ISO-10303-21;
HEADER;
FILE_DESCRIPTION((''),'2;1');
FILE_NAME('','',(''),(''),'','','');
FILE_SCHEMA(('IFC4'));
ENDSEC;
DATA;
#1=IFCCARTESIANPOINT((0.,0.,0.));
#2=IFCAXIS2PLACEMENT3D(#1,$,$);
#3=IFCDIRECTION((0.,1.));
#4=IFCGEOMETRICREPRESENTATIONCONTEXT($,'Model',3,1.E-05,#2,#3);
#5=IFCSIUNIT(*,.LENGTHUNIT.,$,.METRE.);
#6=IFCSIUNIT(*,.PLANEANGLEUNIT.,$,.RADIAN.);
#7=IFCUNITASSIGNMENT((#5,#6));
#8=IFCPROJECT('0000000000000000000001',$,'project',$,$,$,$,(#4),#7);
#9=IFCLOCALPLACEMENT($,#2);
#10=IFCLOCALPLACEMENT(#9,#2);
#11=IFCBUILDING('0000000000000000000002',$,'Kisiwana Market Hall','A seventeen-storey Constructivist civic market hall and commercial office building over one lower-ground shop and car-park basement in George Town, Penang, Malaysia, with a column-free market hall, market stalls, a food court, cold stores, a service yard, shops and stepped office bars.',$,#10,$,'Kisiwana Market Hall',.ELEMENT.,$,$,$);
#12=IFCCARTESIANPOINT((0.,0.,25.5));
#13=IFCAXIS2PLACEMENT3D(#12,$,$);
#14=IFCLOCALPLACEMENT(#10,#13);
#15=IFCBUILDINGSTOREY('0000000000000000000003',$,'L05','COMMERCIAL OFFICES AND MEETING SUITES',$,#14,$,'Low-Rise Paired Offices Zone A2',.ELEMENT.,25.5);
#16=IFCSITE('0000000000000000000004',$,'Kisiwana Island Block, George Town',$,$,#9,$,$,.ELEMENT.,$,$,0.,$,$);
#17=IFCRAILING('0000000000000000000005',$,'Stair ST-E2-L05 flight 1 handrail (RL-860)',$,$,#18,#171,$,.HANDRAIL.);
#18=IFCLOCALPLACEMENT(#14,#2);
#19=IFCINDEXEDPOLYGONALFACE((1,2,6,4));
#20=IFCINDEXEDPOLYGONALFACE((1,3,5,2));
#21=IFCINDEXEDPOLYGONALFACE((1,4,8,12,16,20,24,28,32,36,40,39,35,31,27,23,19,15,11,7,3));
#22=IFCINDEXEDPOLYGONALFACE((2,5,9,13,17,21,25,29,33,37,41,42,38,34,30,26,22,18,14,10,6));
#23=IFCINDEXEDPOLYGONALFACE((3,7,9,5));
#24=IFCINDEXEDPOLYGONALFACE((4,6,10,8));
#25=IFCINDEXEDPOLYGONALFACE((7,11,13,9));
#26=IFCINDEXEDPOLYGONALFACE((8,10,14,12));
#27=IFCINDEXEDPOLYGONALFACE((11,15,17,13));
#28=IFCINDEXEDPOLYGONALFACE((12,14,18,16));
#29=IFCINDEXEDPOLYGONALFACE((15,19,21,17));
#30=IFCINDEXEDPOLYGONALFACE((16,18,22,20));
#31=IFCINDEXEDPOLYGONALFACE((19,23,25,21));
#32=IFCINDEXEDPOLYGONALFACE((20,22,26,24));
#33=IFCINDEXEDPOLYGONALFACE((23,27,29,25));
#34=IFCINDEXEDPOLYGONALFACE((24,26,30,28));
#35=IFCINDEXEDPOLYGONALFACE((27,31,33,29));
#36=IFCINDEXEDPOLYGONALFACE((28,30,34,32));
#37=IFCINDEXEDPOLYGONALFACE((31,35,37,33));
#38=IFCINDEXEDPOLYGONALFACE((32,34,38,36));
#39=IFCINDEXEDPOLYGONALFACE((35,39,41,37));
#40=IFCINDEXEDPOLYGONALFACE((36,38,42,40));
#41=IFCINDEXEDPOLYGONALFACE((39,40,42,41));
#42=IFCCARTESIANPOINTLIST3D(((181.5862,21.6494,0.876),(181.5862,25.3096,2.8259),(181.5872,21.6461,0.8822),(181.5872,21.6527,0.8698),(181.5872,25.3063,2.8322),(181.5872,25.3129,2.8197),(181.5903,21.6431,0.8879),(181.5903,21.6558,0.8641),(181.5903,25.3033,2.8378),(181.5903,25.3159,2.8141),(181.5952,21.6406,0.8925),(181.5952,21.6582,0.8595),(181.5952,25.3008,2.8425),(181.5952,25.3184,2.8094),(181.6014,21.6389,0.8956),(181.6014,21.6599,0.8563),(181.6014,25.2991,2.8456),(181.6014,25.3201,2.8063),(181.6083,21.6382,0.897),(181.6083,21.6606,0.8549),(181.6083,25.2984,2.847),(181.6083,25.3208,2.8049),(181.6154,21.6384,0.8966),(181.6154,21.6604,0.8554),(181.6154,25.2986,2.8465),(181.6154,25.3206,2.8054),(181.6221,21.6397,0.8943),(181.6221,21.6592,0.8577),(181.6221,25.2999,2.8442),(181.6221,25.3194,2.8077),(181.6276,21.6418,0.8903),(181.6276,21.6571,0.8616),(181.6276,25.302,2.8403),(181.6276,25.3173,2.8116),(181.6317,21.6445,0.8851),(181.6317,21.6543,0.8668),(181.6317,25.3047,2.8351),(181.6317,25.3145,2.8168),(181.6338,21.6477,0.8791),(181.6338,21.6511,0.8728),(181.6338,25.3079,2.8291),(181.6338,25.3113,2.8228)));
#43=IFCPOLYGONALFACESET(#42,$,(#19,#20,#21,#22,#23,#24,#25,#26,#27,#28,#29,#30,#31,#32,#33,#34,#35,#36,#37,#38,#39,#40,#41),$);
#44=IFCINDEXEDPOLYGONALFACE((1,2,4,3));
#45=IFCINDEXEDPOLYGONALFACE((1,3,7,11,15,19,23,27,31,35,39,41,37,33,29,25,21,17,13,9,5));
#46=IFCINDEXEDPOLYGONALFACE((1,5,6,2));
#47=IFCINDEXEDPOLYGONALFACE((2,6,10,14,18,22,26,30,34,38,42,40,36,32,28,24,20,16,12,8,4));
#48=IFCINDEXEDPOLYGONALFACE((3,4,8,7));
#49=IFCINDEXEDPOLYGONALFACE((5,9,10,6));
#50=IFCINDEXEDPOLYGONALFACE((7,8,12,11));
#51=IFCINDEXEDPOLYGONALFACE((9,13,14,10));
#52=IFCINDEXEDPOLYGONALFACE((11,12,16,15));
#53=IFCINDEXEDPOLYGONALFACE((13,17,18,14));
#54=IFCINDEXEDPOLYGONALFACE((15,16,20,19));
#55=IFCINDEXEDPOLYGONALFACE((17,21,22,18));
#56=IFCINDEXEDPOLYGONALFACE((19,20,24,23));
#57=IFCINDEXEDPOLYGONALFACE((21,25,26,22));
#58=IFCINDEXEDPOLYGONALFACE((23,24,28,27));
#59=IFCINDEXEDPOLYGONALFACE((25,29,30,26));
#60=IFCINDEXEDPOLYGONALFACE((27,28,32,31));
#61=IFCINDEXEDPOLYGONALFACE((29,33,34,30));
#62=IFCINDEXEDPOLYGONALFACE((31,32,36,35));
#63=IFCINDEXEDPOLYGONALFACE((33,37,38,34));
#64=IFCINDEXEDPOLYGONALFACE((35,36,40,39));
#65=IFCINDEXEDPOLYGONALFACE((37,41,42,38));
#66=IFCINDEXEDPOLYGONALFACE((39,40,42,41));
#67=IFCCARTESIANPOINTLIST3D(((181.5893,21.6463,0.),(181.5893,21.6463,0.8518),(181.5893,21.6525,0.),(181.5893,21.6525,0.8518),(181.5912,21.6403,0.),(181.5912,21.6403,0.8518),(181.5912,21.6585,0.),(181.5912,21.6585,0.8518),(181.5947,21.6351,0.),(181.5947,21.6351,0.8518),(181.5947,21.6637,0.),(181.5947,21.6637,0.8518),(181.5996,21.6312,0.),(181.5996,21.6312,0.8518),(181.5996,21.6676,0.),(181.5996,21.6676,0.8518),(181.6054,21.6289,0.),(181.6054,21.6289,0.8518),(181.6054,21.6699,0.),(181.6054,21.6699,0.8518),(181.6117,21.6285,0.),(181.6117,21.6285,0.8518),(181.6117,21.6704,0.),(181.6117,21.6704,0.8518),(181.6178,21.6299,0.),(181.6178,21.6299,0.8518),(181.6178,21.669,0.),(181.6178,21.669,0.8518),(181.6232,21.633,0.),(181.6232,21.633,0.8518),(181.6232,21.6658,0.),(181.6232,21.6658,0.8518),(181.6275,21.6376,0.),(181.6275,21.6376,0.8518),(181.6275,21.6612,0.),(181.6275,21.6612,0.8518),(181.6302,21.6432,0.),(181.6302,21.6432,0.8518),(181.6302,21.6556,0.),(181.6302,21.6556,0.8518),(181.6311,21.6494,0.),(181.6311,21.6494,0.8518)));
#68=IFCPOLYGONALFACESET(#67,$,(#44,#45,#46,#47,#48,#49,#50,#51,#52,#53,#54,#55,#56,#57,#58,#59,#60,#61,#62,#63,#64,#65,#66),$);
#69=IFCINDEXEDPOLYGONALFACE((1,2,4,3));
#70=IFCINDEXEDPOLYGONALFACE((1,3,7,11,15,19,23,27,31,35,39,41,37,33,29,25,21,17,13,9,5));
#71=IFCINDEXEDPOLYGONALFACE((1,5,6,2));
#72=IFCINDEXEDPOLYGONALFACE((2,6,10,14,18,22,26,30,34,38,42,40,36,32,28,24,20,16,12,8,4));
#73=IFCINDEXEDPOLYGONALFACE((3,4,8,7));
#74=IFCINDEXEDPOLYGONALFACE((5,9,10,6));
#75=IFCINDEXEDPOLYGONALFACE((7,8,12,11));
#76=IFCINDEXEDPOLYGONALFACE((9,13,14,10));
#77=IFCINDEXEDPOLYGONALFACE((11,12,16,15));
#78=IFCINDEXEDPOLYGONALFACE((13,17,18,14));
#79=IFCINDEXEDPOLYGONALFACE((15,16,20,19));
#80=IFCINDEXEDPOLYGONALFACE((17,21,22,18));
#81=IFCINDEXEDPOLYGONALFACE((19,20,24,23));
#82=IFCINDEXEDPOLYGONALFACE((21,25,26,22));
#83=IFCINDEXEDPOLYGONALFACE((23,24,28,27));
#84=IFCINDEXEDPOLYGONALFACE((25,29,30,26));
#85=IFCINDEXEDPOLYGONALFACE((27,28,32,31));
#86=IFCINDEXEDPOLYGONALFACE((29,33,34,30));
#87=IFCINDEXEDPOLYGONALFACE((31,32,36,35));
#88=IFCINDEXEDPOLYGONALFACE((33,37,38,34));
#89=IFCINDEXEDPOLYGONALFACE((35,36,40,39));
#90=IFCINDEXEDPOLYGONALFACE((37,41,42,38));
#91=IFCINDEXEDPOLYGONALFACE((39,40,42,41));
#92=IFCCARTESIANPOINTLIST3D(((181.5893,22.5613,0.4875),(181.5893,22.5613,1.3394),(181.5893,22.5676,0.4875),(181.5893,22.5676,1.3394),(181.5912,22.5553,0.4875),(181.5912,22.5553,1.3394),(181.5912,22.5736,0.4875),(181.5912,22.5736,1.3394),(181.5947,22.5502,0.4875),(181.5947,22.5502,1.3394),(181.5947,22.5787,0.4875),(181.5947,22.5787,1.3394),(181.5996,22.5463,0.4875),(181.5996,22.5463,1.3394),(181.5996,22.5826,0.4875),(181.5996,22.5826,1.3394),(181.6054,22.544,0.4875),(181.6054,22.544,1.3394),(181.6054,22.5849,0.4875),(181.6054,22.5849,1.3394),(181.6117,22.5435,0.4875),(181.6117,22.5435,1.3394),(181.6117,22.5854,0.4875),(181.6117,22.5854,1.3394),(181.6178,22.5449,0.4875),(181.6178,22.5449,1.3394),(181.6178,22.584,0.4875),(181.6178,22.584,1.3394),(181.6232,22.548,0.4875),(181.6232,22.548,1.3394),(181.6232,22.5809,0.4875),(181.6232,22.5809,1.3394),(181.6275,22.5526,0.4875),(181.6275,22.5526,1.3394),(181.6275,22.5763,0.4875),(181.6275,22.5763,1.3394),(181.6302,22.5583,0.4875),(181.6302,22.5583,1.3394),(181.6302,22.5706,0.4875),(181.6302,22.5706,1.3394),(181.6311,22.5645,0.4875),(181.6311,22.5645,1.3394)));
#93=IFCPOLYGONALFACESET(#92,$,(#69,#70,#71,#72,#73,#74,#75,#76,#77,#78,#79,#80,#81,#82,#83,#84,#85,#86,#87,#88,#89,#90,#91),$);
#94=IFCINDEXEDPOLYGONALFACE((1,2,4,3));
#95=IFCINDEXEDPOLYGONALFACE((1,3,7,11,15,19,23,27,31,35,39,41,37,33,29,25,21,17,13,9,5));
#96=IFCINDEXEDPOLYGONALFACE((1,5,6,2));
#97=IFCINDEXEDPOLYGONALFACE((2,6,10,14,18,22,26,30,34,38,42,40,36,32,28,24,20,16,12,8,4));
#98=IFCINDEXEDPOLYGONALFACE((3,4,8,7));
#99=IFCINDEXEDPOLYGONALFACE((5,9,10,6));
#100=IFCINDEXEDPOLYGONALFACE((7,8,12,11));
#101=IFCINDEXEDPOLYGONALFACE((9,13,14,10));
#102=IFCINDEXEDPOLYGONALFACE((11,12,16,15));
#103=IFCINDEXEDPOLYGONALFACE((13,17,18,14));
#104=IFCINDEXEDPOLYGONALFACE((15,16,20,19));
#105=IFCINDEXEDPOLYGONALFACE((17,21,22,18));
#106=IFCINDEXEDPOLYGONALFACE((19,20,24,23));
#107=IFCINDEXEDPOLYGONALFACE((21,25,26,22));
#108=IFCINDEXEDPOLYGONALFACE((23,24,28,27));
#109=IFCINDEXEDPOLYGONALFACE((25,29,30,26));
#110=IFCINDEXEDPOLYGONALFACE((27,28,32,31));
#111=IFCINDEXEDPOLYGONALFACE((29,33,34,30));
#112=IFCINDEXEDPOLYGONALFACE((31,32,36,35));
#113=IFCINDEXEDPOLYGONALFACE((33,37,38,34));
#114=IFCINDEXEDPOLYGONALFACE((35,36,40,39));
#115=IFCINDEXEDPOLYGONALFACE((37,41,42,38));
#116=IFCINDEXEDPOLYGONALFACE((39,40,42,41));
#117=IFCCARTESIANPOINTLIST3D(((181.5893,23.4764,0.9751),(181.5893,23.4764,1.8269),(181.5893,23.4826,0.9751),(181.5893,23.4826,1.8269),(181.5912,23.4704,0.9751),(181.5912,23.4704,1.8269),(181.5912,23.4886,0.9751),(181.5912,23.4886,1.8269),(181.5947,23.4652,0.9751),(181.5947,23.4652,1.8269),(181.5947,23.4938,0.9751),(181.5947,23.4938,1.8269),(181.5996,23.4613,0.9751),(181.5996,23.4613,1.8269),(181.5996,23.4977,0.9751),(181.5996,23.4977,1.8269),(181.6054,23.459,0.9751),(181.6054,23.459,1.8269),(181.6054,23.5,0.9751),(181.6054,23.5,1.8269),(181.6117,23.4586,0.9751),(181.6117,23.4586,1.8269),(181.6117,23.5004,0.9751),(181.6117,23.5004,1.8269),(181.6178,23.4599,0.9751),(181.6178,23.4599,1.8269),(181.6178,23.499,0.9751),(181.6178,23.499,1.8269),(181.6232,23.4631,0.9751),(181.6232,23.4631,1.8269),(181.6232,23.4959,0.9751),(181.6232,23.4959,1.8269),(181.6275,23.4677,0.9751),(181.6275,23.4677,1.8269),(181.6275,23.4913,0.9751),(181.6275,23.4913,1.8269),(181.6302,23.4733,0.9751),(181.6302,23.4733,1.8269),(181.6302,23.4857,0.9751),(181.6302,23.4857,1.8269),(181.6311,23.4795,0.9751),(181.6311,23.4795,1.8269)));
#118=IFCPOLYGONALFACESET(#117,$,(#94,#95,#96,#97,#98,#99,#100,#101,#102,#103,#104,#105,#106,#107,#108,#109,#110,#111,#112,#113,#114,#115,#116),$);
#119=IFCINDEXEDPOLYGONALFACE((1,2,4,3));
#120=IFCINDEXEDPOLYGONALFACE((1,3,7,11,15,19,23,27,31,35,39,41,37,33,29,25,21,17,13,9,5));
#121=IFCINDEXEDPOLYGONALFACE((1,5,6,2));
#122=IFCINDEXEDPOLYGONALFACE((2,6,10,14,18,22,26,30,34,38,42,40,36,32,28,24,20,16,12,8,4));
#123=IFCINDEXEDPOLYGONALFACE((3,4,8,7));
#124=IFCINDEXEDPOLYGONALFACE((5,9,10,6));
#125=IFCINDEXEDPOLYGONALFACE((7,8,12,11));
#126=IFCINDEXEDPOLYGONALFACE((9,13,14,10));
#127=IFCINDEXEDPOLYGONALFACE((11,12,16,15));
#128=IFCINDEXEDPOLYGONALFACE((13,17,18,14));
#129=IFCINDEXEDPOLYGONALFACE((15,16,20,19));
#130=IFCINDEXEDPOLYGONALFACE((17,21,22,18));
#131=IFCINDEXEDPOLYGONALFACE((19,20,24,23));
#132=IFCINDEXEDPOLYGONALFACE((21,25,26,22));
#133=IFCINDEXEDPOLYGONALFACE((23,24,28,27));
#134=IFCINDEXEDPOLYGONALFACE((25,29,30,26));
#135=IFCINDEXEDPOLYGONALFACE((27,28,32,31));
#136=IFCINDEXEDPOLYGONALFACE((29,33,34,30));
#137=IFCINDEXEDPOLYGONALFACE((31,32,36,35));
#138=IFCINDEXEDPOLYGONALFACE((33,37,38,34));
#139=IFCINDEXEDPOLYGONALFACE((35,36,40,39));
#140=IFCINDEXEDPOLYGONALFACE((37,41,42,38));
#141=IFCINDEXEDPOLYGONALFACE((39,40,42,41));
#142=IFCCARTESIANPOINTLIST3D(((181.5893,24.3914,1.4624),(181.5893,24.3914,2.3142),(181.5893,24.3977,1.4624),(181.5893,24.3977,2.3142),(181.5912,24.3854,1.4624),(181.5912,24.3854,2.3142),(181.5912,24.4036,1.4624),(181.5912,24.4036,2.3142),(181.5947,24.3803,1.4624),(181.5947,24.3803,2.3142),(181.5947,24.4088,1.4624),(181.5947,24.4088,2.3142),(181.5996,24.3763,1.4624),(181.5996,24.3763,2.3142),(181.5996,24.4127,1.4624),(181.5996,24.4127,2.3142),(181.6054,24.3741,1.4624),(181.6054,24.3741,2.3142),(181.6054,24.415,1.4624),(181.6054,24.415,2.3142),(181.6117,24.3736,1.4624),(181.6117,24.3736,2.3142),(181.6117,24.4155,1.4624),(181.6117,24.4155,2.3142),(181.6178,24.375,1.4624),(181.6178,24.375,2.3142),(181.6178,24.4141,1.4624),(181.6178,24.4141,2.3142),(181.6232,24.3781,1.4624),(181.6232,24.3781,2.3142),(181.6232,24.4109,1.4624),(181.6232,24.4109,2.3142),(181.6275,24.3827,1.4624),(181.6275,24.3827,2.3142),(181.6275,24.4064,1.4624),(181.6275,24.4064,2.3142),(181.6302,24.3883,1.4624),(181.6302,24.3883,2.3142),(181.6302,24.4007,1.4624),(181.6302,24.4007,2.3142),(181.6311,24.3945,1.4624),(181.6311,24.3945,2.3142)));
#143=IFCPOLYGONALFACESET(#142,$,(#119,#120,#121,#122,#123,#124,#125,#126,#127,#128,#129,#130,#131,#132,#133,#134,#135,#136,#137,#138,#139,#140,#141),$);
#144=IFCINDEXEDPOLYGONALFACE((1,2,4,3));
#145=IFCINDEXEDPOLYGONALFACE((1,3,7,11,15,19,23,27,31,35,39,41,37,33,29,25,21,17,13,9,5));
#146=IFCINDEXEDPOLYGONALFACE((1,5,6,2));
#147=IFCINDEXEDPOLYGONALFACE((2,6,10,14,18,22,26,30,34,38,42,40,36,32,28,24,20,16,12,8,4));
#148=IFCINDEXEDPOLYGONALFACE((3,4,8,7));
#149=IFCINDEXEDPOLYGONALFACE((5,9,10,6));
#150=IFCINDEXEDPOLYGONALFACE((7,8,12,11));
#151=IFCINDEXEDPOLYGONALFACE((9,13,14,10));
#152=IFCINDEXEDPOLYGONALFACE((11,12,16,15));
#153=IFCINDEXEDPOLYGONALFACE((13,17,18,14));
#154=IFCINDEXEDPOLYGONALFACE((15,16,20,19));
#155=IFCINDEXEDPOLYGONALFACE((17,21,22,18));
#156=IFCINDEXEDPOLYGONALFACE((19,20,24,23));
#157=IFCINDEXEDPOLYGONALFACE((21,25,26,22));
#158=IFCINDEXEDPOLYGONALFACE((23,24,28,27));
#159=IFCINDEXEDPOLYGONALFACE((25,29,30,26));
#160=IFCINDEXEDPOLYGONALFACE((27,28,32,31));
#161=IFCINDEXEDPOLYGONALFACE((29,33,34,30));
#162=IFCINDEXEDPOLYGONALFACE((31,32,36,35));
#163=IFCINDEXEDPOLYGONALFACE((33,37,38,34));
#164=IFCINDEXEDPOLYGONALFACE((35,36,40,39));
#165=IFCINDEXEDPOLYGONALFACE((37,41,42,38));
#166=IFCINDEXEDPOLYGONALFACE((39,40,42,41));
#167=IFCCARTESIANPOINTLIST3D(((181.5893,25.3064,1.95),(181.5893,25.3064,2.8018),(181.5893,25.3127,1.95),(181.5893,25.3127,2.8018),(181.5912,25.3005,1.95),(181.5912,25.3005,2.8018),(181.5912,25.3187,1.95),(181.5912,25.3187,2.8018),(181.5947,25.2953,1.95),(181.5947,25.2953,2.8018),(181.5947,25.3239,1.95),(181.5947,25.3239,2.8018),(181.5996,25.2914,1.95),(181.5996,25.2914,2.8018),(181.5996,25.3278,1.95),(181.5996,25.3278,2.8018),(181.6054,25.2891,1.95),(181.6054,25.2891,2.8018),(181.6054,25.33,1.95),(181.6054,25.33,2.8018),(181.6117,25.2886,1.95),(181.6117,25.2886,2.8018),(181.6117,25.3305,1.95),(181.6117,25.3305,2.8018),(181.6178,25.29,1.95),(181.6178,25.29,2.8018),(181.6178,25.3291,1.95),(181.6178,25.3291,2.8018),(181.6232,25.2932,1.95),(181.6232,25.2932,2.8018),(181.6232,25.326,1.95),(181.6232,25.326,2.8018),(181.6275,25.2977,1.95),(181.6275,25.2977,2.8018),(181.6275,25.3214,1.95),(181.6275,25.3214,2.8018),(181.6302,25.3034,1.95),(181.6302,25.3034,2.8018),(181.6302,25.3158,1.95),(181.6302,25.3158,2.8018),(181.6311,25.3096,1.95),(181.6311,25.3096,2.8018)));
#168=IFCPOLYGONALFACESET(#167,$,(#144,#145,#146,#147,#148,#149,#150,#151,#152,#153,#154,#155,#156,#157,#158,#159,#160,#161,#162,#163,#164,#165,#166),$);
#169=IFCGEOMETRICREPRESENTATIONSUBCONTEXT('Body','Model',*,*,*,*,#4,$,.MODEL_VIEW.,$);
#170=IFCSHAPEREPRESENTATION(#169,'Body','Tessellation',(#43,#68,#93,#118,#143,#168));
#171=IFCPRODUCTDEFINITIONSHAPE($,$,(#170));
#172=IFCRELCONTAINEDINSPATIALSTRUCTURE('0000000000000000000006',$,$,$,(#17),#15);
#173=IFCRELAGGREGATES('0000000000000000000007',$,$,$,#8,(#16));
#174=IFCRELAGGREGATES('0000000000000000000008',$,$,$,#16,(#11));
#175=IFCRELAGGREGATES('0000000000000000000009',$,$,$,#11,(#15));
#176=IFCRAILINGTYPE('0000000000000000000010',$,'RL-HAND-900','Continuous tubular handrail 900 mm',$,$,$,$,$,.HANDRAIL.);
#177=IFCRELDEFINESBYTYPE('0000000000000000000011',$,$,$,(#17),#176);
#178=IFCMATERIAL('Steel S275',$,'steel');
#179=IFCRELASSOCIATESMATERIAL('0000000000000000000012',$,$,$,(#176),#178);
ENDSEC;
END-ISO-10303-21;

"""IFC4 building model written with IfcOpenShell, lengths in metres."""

from ifc_helpers import new_model, si_unit, direction, frame, origin, origin_2d, place, context, subcontext, project, spatial, circle, extrude, material, type_object, element, save


model = new_model("IFC4")

# Units and contexts
model_context = context("Model", 3, precision=1e-05, world=origin(), true_north=direction((0.0, 1.0)))
body_context = subcontext(model_context, "Body", "Model", "MODEL_VIEW")
ifc_project = project(units=[si_unit("LENGTHUNIT", "METRE"), si_unit("PLANEANGLEUNIT", "RADIAN")], contexts=[model_context])

# Site, building, storey
site_placement = place(None, origin())
site = spatial("IfcSite", under=ifc_project, at=site_placement, Name="Kisiwana Island Block, George Town", CompositionType="ELEMENT", RefElevation=0.0)
building_placement = place(site_placement, origin())
building = spatial("IfcBuilding", under=site, at=building_placement, Name="Kisiwana Market Hall", Description="A seventeen-storey Constructivist civic market hall and commercial office building over one lower-ground shop and car-park basement in George Town, Penang, Malaysia, with a column-free market hall, market stalls, a food court, cold stores, a service yard, shops and stepped office bars.", LongName="Kisiwana Market Hall", CompositionType="ELEMENT")
storey_placement = place(building_placement, frame((0.0, 0.0, 25.5)))
storey = spatial("IfcBuildingStorey", under=building, at=storey_placement, Name="L05", Description="COMMERCIAL OFFICES AND MEETING SUITES", LongName="Low-Rise Paired Offices Zone A2", CompositionType="ELEMENT", Elevation=25.5)

# Railing
ifc_material_1 = material(Name="Steel S275", Category="steel")
railing_type_1 = type_object("IfcRailingType", Name="RL-HAND-900", Description="Continuous tubular handrail 900 mm", PredefinedType="HANDRAIL", material=ifc_material_1)
railing_1_placement = place(storey_placement, frame((181.6101, 21.6494, 0.0)))
element("IfcRailing", 1, at=railing_1_placement, inside=storey, type_object=railing_type_1, Name="Stair ST-E2-L05 flight 1 handrail (RL-860)", PredefinedType="HANDRAIL", context=body_context, shape_type="SweptSolid", body=[
    extrude(circle(Radius=0.0239, at=origin_2d()), frame((0.0, 0.0, 0.876), z_axis=(0.0, 0.882566, 0.470188), x_axis=(-1.0, 0.0, 0.0)), (0.0, 0.0, 1.0), 4.1472),
    extrude(circle(Radius=0.021, at=origin_2d()), origin(), (0.0, 0.0, 1.0), 0.8518),
    extrude(circle(Radius=0.021, at=origin_2d()), frame((0.0, 0.915, 0.4875)), (0.0, 0.0, 1.0), 0.8518),
    extrude(circle(Radius=0.021, at=origin_2d()), frame((0.0, 1.8301, 0.9751)), (0.0, 0.0, 1.0), 0.8518),
    extrude(circle(Radius=0.021, at=origin_2d()), frame((0.0, 2.7451, 1.4624)), (0.0, 0.0, 1.0), 0.8518),
    extrude(circle(Radius=0.021, at=origin_2d()), frame((0.0, 3.6602, 1.95)), (0.0, 0.0, 1.0), 0.8518),
])

save(model, "model.ifc")
